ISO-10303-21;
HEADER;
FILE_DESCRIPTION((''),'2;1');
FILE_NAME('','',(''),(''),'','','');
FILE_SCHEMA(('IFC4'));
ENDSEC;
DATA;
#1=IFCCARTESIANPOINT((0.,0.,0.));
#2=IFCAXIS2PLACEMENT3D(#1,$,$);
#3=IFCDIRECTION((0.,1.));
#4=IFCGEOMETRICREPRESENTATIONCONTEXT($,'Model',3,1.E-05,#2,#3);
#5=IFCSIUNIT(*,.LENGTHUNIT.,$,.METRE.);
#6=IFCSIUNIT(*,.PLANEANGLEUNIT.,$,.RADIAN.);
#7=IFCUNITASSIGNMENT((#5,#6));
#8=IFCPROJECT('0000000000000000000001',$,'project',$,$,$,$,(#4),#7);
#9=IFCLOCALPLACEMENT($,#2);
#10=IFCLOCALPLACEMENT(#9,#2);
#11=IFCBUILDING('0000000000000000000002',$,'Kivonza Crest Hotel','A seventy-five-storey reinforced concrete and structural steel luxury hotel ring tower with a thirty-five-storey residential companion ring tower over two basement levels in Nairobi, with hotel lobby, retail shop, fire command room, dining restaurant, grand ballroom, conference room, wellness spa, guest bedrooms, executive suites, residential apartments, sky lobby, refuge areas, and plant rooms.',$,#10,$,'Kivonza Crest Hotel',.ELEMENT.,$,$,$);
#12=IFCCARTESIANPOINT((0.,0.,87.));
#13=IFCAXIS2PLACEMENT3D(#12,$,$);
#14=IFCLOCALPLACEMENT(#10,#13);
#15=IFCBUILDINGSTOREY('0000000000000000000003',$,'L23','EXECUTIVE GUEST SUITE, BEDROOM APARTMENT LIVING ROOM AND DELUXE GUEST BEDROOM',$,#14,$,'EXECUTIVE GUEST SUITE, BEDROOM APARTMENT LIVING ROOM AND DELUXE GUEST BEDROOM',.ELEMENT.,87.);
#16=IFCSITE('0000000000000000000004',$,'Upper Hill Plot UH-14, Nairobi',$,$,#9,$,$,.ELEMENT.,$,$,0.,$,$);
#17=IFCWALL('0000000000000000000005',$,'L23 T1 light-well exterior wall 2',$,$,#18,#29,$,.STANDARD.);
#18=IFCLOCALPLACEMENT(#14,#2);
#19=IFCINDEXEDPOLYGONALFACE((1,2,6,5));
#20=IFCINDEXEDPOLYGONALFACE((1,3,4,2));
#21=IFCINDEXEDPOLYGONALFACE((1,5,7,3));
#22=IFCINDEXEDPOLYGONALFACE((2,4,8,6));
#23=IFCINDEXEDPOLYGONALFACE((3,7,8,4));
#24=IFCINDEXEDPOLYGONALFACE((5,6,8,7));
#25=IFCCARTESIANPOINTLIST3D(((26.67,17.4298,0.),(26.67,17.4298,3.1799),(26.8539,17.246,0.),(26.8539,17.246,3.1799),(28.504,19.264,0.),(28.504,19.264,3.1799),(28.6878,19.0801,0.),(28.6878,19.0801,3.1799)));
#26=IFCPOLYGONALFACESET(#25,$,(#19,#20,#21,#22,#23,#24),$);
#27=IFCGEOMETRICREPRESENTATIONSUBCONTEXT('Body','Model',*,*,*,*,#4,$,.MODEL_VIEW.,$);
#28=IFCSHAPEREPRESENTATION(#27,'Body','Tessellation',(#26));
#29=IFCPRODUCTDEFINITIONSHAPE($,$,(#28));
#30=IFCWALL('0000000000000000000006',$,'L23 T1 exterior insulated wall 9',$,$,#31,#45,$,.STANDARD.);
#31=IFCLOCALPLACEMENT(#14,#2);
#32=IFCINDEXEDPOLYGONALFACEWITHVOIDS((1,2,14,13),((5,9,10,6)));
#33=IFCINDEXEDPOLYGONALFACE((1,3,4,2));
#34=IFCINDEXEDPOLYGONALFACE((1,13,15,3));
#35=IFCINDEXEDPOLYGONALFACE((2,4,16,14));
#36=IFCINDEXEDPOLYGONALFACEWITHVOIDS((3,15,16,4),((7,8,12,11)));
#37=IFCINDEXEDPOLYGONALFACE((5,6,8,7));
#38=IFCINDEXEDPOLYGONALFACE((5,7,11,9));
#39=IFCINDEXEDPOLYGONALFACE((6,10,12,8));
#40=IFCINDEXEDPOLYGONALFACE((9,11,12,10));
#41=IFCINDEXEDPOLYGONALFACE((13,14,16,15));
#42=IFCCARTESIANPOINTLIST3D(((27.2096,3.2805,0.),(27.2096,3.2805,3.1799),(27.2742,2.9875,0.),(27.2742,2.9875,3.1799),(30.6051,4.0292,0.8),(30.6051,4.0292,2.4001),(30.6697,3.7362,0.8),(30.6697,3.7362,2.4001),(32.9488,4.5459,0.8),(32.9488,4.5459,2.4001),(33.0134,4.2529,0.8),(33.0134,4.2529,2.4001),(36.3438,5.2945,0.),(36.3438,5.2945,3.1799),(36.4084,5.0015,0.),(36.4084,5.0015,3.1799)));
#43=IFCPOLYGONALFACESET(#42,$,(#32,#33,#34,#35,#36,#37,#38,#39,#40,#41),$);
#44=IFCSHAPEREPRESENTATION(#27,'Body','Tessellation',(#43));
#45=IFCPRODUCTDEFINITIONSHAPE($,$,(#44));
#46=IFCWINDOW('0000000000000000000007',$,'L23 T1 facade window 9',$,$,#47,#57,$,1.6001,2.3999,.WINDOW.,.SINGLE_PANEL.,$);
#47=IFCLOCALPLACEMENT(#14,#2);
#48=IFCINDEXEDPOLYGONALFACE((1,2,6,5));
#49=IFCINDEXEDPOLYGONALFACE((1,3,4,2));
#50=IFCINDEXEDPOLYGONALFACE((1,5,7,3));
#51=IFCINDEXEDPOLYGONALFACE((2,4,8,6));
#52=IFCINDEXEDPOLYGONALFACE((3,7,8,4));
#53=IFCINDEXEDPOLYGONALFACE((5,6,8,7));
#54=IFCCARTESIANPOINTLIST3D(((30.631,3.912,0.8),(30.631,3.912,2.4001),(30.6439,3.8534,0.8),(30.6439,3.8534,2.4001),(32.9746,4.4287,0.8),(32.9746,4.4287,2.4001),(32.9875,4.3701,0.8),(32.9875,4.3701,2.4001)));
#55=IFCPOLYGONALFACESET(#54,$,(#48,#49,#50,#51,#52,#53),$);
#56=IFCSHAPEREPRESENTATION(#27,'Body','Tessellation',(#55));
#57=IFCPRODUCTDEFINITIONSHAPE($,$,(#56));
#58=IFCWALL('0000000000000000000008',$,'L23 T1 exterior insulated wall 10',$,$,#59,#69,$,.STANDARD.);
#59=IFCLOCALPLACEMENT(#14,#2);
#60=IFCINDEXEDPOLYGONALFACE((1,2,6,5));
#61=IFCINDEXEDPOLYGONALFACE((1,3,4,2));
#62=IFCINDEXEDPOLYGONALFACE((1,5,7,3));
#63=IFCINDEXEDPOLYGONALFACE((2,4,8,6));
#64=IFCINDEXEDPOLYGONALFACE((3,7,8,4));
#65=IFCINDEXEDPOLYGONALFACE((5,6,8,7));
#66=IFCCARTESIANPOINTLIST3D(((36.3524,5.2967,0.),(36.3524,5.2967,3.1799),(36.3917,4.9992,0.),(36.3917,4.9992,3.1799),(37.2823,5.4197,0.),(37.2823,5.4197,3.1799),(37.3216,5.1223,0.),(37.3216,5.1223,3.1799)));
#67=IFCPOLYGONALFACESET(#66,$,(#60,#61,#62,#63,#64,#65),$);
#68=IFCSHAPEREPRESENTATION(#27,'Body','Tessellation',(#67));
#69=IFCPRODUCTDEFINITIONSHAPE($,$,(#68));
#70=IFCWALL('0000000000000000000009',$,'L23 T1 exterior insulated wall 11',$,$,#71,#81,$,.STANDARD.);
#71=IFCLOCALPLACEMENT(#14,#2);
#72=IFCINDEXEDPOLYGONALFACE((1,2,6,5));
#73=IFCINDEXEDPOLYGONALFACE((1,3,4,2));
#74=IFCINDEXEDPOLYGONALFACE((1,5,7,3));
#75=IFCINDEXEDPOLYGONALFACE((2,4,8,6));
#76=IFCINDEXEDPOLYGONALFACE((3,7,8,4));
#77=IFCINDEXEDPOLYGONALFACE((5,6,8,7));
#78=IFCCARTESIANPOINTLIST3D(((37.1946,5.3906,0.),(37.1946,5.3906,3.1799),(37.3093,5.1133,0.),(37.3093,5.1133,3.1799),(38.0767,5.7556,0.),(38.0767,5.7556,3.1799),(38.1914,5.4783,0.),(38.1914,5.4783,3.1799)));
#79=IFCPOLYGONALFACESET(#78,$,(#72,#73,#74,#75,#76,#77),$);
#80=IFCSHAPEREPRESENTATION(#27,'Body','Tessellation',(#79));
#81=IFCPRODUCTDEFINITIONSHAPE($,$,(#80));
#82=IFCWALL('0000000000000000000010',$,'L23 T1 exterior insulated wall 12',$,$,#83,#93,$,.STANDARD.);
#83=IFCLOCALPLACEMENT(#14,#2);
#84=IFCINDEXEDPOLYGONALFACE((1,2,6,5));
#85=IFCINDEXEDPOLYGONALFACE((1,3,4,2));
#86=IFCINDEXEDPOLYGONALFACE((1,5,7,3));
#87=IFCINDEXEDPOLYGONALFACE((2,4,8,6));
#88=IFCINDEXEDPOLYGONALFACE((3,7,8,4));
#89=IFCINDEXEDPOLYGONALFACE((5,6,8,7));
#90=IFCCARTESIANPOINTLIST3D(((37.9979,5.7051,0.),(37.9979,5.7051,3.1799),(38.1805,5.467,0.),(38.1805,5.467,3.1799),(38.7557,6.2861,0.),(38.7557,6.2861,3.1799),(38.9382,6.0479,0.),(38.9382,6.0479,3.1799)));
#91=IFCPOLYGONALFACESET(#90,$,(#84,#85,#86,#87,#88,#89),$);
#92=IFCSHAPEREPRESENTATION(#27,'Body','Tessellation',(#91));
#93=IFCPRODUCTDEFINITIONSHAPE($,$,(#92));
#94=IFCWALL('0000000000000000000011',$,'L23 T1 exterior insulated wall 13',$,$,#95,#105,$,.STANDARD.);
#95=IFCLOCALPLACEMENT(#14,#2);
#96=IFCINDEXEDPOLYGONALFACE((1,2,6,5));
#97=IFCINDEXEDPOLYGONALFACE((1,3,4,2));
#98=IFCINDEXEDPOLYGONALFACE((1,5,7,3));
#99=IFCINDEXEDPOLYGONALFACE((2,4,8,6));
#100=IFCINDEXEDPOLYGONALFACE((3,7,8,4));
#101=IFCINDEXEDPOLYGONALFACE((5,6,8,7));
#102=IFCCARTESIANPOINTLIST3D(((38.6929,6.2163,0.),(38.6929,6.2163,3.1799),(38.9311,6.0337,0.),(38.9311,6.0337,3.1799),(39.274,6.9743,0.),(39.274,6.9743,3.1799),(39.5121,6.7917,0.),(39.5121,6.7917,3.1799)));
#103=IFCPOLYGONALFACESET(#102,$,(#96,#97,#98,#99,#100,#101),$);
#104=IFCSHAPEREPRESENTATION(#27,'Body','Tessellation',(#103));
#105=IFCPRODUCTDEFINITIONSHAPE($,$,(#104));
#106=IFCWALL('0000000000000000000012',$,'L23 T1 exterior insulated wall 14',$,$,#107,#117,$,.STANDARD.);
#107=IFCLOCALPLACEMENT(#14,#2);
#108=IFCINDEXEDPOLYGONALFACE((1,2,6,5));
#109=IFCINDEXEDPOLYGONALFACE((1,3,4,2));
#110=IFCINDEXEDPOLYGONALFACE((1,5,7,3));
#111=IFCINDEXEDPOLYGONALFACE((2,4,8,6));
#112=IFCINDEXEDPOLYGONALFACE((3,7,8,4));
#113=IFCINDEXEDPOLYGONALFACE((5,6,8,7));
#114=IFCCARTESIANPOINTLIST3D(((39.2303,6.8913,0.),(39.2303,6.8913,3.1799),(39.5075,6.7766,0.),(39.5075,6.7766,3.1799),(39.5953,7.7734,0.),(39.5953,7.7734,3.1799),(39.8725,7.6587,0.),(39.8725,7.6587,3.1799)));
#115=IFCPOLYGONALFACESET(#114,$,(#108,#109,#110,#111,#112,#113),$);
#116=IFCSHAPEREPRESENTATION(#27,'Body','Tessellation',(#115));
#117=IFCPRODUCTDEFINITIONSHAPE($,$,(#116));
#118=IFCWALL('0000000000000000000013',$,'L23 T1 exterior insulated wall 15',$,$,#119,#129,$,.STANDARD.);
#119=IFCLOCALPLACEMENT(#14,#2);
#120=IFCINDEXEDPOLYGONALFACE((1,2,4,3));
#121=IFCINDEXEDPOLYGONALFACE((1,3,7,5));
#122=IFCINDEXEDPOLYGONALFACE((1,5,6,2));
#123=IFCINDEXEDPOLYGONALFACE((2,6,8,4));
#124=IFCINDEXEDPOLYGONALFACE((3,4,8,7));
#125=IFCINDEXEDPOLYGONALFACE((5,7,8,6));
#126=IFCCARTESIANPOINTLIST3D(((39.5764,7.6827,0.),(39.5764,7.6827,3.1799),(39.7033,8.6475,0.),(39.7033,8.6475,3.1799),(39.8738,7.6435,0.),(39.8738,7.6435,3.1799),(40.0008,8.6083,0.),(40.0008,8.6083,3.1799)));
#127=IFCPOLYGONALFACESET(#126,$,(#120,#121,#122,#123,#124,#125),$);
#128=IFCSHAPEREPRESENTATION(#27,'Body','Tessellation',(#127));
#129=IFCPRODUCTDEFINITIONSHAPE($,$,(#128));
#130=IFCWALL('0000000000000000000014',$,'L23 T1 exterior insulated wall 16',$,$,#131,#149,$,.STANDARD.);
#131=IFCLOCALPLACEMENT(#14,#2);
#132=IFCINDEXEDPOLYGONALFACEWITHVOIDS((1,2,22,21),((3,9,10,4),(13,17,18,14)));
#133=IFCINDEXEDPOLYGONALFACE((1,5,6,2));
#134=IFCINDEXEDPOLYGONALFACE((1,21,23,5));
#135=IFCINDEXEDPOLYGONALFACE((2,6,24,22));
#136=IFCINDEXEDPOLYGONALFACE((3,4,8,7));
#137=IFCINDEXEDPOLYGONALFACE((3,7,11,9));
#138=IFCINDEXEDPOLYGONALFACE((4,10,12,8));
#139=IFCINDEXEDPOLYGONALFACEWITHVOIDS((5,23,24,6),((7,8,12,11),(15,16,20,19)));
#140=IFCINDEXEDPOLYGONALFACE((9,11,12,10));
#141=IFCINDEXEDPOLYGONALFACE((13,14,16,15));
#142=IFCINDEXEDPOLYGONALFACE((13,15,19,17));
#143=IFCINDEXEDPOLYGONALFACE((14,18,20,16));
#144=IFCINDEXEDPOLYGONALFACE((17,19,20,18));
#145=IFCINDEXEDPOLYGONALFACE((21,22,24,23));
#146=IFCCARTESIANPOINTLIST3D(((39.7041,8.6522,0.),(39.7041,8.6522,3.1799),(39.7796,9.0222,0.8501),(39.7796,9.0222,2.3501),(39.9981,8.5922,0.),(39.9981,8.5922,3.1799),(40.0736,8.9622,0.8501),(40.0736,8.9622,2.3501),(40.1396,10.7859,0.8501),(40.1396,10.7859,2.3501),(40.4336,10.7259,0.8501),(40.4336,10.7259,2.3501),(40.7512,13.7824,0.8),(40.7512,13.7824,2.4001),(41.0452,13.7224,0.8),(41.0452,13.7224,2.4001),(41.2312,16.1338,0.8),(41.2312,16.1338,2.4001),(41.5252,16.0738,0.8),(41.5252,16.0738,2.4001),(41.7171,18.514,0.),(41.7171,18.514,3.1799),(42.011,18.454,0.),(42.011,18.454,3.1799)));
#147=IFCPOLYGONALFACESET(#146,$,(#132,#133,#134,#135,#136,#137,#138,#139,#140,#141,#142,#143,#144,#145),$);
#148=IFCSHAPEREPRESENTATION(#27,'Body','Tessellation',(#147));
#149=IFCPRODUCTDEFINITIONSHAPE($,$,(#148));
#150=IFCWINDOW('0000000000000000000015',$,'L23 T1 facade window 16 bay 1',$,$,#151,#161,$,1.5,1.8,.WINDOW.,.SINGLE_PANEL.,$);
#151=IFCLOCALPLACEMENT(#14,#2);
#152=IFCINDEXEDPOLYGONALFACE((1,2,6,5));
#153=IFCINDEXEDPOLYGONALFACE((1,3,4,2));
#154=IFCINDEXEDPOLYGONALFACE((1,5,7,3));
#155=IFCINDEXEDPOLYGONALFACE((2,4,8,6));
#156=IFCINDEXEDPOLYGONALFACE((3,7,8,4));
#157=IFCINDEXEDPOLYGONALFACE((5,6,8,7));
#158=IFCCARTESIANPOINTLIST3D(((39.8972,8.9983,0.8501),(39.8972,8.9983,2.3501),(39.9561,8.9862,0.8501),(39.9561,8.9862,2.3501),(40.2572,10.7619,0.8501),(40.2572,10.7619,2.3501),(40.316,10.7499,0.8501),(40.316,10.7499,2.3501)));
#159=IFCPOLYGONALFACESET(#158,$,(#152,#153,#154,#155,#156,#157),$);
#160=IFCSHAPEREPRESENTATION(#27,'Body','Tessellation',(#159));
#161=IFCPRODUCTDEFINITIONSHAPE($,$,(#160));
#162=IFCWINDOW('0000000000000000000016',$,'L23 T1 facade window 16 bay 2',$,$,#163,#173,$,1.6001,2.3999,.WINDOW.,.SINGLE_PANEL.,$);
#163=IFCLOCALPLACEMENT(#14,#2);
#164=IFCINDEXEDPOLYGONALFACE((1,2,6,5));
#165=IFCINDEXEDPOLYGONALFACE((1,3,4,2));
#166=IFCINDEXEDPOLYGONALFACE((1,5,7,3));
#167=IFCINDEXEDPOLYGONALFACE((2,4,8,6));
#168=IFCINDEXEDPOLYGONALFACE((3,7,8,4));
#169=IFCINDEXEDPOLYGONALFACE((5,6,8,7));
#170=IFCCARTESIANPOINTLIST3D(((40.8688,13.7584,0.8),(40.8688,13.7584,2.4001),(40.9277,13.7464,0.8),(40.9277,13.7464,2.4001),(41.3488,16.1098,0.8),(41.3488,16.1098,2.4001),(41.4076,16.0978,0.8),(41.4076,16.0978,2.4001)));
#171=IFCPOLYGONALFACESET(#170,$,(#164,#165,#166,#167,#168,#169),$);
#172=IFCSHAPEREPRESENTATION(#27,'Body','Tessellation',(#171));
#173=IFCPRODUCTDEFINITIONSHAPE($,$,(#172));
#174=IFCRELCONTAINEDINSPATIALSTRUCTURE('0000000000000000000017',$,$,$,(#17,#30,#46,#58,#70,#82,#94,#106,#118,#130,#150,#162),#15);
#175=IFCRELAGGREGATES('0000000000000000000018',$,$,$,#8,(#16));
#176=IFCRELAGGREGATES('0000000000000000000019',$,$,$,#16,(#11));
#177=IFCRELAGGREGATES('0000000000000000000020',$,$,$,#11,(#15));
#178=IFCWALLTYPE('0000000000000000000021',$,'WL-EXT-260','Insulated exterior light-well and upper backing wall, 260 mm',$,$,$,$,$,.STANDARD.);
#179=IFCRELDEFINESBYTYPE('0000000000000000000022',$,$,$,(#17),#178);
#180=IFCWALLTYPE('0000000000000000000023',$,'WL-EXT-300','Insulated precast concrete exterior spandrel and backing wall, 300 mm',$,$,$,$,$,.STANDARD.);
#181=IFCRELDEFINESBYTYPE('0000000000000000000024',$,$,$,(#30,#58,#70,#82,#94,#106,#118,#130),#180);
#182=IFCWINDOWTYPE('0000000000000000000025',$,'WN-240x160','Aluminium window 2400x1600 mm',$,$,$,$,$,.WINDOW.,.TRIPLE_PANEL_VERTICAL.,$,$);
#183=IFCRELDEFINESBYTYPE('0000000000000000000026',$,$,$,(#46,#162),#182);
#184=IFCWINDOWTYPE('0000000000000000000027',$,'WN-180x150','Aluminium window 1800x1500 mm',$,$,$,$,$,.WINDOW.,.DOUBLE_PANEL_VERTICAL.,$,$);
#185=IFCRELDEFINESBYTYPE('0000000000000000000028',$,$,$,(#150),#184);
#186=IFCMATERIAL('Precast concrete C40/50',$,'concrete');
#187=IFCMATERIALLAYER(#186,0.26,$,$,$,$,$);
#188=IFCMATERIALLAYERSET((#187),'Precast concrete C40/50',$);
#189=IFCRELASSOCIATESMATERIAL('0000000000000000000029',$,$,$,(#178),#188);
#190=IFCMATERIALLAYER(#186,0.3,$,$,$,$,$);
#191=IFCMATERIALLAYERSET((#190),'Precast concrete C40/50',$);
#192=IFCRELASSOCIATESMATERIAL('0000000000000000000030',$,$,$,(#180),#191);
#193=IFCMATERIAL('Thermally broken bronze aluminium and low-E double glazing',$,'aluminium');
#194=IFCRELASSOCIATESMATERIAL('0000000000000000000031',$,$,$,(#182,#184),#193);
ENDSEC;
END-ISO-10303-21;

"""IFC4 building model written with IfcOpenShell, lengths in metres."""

from ifc_helpers import new_model, si_unit, direction, frame, frame_2d, origin, place, context, subcontext, project, spatial, rectangle, extrude, material, layer, layer_set, type_object, element, fill, save


model = new_model("IFC4")

# Units and contexts
model_context = context("Model", 3, precision=1e-05, world=origin(), true_north=direction((0.0, 1.0)))
body_context = subcontext(model_context, "Body", "Model", "MODEL_VIEW")
ifc_project = project(units=[si_unit("LENGTHUNIT", "METRE"), si_unit("PLANEANGLEUNIT", "RADIAN")], contexts=[model_context])

# Site, building, storey
site_placement = place(None, origin())
site = spatial("IfcSite", under=ifc_project, at=site_placement, Name="Upper Hill Plot UH-14, Nairobi", CompositionType="ELEMENT", RefElevation=0.0)
building_placement = place(site_placement, origin())
building = spatial("IfcBuilding", under=site, at=building_placement, Name="Kivonza Crest Hotel", Description="A seventy-five-storey reinforced concrete and structural steel luxury hotel ring tower with a thirty-five-storey residential companion ring tower over two basement levels in Nairobi, with hotel lobby, retail shop, fire command room, dining restaurant, grand ballroom, conference room, wellness spa, guest bedrooms, executive suites, residential apartments, sky lobby, refuge areas, and plant rooms.", LongName="Kivonza Crest Hotel", CompositionType="ELEMENT")
storey_placement = place(building_placement, frame((0.0, 0.0, 87.0)))
storey = spatial("IfcBuildingStorey", under=building, at=storey_placement, Name="L23", Description="EXECUTIVE GUEST SUITE, BEDROOM APARTMENT LIVING ROOM AND DELUXE GUEST BEDROOM", LongName="EXECUTIVE GUEST SUITE, BEDROOM APARTMENT LIVING ROOM AND DELUXE GUEST BEDROOM", CompositionType="ELEMENT", Elevation=87.0)

# Wall
ifc_material_1 = material(Name="Precast concrete C40/50", Category="concrete")
ifc_layer_1 = layer(ifc_material_1, 0.26)
ifc_layer_set_1 = layer_set([ifc_layer_1], Name="Precast concrete C40/50")
wall_type_1 = type_object("IfcWallType", Name="WL-EXT-260", Description="Insulated exterior light-well and upper backing wall, 260 mm", PredefinedType="STANDARD", material=ifc_layer_set_1)
wall_1_placement = place(storey_placement, frame((26.762, 17.3379, 0.0), z_axis=(0.0, 0.0, 1.0), x_axis=(0.70706, 0.707154, 0.0)))
element("IfcWall", 1, at=wall_1_placement, inside=storey, type_object=wall_type_1, Name="L23 T1 light-well exterior wall 2", PredefinedType="STANDARD", context=body_context, shape_type="SweptSolid", body=[
    extrude(rectangle(XDim=2.5938, YDim=0.26, at=frame_2d((1.2969, 0.0))), origin(), (0.0, 0.0, 1.0), 3.1799),
])

# Wall, opening, window
ifc_layer_2 = layer(ifc_material_1, 0.3)
ifc_layer_set_2 = layer_set([ifc_layer_2], Name="Precast concrete C40/50")
wall_type_2 = type_object("IfcWallType", Name="WL-EXT-300", Description="Insulated precast concrete exterior spandrel and backing wall, 300 mm", PredefinedType="STANDARD", material=ifc_layer_set_2)
wall_2_placement = place(storey_placement, frame((27.2419, 3.134, 0.0), z_axis=(0.0, 0.0, 1.0), x_axis=(0.976545, 0.215313, 0.0)))
wall_2 = element("IfcWall", 2, at=wall_2_placement, inside=storey, type_object=wall_type_2, Name="L23 T1 exterior insulated wall 9", PredefinedType="STANDARD", context=body_context, shape_type="SweptSolid", body=[
    extrude(rectangle(XDim=9.3535, YDim=0.3, at=frame_2d((4.6768, 0.0))), origin(), (0.0, 0.0, 1.0), 3.1799),
])
opening_1_placement = place(wall_2_placement, frame((3.4771, 0.0, 0.8)))
opening_1 = element("IfcOpeningElement", 3, at=opening_1_placement, cuts=wall_2, PredefinedType="OPENING", context=body_context, shape_type="SweptSolid", body=[
    extrude(rectangle(XDim=2.3999, YDim=1.6001, at=frame_2d((1.2, 0.8))), frame((0.0, 0.1602, 0.0), z_axis=(0.0, -1.0, 0.0), x_axis=(1.0, 0.0, 0.0)), (0.0, 0.0, 1.0), 0.3201),
])
ifc_material_2 = material(Name="Thermally broken bronze aluminium and low-E double glazing", Category="aluminium")
window_type_1 = type_object("IfcWindowType", Name="WN-240x160", Description="Aluminium window 2400x1600 mm", PartitioningType="TRIPLE_PANEL_VERTICAL", PredefinedType="WINDOW", material=ifc_material_2)
window_1_placement = place(opening_1_placement, origin())
window_1 = element("IfcWindow", 4, at=window_1_placement, inside=storey, type_object=window_type_1, Name="L23 T1 facade window 9", OverallHeight=1.6001, OverallWidth=2.3999, PartitioningType="SINGLE_PANEL", PredefinedType="WINDOW", context=body_context, shape_type="SweptSolid", body=[
    extrude(rectangle(XDim=2.3999, YDim=1.6001, at=frame_2d((1.2, 0.8))), frame((0.0, 0.03, 0.0), z_axis=(0.0, -1.0, 0.0), x_axis=(1.0, 0.0, 0.0)), (0.0, 0.0, 1.0), 0.0601),
])
fill(opening_1, window_1)

# Walls
wall_3_placement = place(storey_placement, frame((36.3721, 5.1479, 0.0), z_axis=(0.0, 0.0, 1.0), x_axis=(0.991359, 0.131175, 0.0)))
element("IfcWall", 5, at=wall_3_placement, inside=storey, type_object=wall_type_2, Name="L23 T1 exterior insulated wall 10", PredefinedType="STANDARD", context=body_context, shape_type="SweptSolid", body=[
    extrude(rectangle(XDim=0.938, YDim=0.3, at=frame_2d((0.469, 0.0))), origin(), (0.0, 0.0, 1.0), 3.1799),
])
wall_4_placement = place(storey_placement, frame((37.252, 5.252, 0.0), z_axis=(0.0, 0.0, 1.0), x_axis=(0.92402, 0.382344, 0.0)))
element("IfcWall", 6, at=wall_4_placement, inside=storey, type_object=wall_type_2, Name="L23 T1 exterior insulated wall 11", PredefinedType="STANDARD", context=body_context, shape_type="SweptSolid", body=[
    extrude(rectangle(XDim=0.9546, YDim=0.3, at=frame_2d((0.4773, 0.0))), origin(), (0.0, 0.0, 1.0), 3.1799),
])
wall_5_placement = place(storey_placement, frame((38.0891, 5.5859, 0.0), z_axis=(0.0, 0.0, 1.0), x_axis=(0.793573, 0.608474, 0.0)))
element("IfcWall", 7, at=wall_5_placement, inside=storey, type_object=wall_type_2, Name="L23 T1 exterior insulated wall 12", PredefinedType="STANDARD", context=body_context, shape_type="SweptSolid", body=[
    extrude(rectangle(XDim=0.9548, YDim=0.3, at=frame_2d((0.4775, 0.0))), origin(), (0.0, 0.0, 1.0), 3.1799),
])
wall_6_placement = place(storey_placement, frame((38.812, 6.125, 0.0), z_axis=(0.0, 0.0, 1.0), x_axis=(0.608351, 0.793668, 0.0)))
element("IfcWall", 8, at=wall_6_placement, inside=storey, type_object=wall_type_2, Name="L23 T1 exterior insulated wall 13", PredefinedType="STANDARD", context=body_context, shape_type="SweptSolid", body=[
    extrude(rectangle(XDim=0.9551, YDim=0.3, at=frame_2d((0.4775, 0.0))), origin(), (0.0, 0.0, 1.0), 3.1799),
])
wall_7_placement = place(storey_placement, frame((39.3689, 6.834, 0.0), z_axis=(0.0, 0.0, 1.0), x_axis=(0.382344, 0.92402, 0.0)))
element("IfcWall", 9, at=wall_7_placement, inside=storey, type_object=wall_type_2, Name="L23 T1 exterior insulated wall 14", PredefinedType="STANDARD", context=body_context, shape_type="SweptSolid", body=[
    extrude(rectangle(XDim=0.9546, YDim=0.3, at=frame_2d((0.4773, 0.0))), origin(), (0.0, 0.0, 1.0), 3.1799),
])
wall_8_placement = place(storey_placement, frame((39.7251, 7.6631, 0.0), z_axis=(0.0, 0.0, 1.0), x_axis=(0.130455, 0.991454, 0.0)))
element("IfcWall", 10, at=wall_8_placement, inside=storey, type_object=wall_type_2, Name="L23 T1 exterior insulated wall 15", PredefinedType="STANDARD", context=body_context, shape_type="SweptSolid", body=[
    extrude(rectangle(XDim=0.9731, YDim=0.3, at=frame_2d((0.4866, 0.0))), origin(), (0.0, 0.0, 1.0), 3.1799),
])

# Wall, openings, windows
wall_9_placement = place(storey_placement, frame((39.8511, 8.6221, 0.0), z_axis=(0.0, 0.0, 1.0), x_axis=(0.199991, 0.979798, 0.0)))
wall_9 = element("IfcWall", 11, at=wall_9_placement, inside=storey, type_object=wall_type_2, Name="L23 T1 exterior insulated wall 16", PredefinedType="STANDARD", context=body_context, shape_type="SweptSolid", body=[
    extrude(rectangle(XDim=10.0652, YDim=0.3, at=frame_2d((5.0327, 0.0))), origin(), (0.0, 0.0, 1.0), 3.1799),
])
opening_2_placement = place(wall_9_placement, frame((0.3779, 0.0, 0.8501)))
opening_2 = element("IfcOpeningElement", 12, at=opening_2_placement, cuts=wall_9, PredefinedType="OPENING", context=body_context, shape_type="SweptSolid", body=[
    extrude(rectangle(XDim=1.8, YDim=1.5, at=frame_2d((0.8999, 0.75))), frame((0.0, 0.1602, 0.0), z_axis=(0.0, -1.0, 0.0), x_axis=(1.0, 0.0, 0.0)), (0.0, 0.0, 1.0), 0.3201),
])
opening_3_placement = place(wall_9_placement, frame((5.2361, 0.0, 0.8)))
opening_3 = element("IfcOpeningElement", 13, at=opening_3_placement, cuts=wall_9, PredefinedType="OPENING", context=body_context, shape_type="SweptSolid", body=[
    extrude(rectangle(XDim=2.3999, YDim=1.6001, at=frame_2d((1.2, 0.8))), frame((0.0, 0.1602, 0.0), z_axis=(0.0, -1.0, 0.0), x_axis=(1.0, 0.0, 0.0)), (0.0, 0.0, 1.0), 0.3201),
])
window_type_2 = type_object("IfcWindowType", Name="WN-180x150", Description="Aluminium window 1800x1500 mm", PartitioningType="DOUBLE_PANEL_VERTICAL", PredefinedType="WINDOW", material=ifc_material_2)
window_2_placement = place(opening_2_placement, origin())
window_2 = element("IfcWindow", 14, at=window_2_placement, inside=storey, type_object=window_type_2, Name="L23 T1 facade window 16 bay 1", OverallHeight=1.5, OverallWidth=1.8, PartitioningType="SINGLE_PANEL", PredefinedType="WINDOW", context=body_context, shape_type="SweptSolid", body=[
    extrude(rectangle(XDim=1.8, YDim=1.5, at=frame_2d((0.8999, 0.75))), frame((0.0, 0.03, 0.0), z_axis=(0.0, -1.0, 0.0), x_axis=(1.0, 0.0, 0.0)), (0.0, 0.0, 1.0), 0.0601),
])
fill(opening_2, window_2)
window_3_placement = place(opening_3_placement, origin())
window_3 = element("IfcWindow", 15, at=window_3_placement, inside=storey, type_object=window_type_1, Name="L23 T1 facade window 16 bay 2", OverallHeight=1.6001, OverallWidth=2.3999, PartitioningType="SINGLE_PANEL", PredefinedType="WINDOW", context=body_context, shape_type="SweptSolid", body=[
    extrude(rectangle(XDim=2.3999, YDim=1.6001, at=frame_2d((1.2, 0.8))), frame((0.0, 0.03, 0.0), z_axis=(0.0, -1.0, 0.0), x_axis=(1.0, 0.0, 0.0)), (0.0, 0.0, 1.0), 0.0601),
])
fill(opening_3, window_3)

save(model, "model.ifc")
